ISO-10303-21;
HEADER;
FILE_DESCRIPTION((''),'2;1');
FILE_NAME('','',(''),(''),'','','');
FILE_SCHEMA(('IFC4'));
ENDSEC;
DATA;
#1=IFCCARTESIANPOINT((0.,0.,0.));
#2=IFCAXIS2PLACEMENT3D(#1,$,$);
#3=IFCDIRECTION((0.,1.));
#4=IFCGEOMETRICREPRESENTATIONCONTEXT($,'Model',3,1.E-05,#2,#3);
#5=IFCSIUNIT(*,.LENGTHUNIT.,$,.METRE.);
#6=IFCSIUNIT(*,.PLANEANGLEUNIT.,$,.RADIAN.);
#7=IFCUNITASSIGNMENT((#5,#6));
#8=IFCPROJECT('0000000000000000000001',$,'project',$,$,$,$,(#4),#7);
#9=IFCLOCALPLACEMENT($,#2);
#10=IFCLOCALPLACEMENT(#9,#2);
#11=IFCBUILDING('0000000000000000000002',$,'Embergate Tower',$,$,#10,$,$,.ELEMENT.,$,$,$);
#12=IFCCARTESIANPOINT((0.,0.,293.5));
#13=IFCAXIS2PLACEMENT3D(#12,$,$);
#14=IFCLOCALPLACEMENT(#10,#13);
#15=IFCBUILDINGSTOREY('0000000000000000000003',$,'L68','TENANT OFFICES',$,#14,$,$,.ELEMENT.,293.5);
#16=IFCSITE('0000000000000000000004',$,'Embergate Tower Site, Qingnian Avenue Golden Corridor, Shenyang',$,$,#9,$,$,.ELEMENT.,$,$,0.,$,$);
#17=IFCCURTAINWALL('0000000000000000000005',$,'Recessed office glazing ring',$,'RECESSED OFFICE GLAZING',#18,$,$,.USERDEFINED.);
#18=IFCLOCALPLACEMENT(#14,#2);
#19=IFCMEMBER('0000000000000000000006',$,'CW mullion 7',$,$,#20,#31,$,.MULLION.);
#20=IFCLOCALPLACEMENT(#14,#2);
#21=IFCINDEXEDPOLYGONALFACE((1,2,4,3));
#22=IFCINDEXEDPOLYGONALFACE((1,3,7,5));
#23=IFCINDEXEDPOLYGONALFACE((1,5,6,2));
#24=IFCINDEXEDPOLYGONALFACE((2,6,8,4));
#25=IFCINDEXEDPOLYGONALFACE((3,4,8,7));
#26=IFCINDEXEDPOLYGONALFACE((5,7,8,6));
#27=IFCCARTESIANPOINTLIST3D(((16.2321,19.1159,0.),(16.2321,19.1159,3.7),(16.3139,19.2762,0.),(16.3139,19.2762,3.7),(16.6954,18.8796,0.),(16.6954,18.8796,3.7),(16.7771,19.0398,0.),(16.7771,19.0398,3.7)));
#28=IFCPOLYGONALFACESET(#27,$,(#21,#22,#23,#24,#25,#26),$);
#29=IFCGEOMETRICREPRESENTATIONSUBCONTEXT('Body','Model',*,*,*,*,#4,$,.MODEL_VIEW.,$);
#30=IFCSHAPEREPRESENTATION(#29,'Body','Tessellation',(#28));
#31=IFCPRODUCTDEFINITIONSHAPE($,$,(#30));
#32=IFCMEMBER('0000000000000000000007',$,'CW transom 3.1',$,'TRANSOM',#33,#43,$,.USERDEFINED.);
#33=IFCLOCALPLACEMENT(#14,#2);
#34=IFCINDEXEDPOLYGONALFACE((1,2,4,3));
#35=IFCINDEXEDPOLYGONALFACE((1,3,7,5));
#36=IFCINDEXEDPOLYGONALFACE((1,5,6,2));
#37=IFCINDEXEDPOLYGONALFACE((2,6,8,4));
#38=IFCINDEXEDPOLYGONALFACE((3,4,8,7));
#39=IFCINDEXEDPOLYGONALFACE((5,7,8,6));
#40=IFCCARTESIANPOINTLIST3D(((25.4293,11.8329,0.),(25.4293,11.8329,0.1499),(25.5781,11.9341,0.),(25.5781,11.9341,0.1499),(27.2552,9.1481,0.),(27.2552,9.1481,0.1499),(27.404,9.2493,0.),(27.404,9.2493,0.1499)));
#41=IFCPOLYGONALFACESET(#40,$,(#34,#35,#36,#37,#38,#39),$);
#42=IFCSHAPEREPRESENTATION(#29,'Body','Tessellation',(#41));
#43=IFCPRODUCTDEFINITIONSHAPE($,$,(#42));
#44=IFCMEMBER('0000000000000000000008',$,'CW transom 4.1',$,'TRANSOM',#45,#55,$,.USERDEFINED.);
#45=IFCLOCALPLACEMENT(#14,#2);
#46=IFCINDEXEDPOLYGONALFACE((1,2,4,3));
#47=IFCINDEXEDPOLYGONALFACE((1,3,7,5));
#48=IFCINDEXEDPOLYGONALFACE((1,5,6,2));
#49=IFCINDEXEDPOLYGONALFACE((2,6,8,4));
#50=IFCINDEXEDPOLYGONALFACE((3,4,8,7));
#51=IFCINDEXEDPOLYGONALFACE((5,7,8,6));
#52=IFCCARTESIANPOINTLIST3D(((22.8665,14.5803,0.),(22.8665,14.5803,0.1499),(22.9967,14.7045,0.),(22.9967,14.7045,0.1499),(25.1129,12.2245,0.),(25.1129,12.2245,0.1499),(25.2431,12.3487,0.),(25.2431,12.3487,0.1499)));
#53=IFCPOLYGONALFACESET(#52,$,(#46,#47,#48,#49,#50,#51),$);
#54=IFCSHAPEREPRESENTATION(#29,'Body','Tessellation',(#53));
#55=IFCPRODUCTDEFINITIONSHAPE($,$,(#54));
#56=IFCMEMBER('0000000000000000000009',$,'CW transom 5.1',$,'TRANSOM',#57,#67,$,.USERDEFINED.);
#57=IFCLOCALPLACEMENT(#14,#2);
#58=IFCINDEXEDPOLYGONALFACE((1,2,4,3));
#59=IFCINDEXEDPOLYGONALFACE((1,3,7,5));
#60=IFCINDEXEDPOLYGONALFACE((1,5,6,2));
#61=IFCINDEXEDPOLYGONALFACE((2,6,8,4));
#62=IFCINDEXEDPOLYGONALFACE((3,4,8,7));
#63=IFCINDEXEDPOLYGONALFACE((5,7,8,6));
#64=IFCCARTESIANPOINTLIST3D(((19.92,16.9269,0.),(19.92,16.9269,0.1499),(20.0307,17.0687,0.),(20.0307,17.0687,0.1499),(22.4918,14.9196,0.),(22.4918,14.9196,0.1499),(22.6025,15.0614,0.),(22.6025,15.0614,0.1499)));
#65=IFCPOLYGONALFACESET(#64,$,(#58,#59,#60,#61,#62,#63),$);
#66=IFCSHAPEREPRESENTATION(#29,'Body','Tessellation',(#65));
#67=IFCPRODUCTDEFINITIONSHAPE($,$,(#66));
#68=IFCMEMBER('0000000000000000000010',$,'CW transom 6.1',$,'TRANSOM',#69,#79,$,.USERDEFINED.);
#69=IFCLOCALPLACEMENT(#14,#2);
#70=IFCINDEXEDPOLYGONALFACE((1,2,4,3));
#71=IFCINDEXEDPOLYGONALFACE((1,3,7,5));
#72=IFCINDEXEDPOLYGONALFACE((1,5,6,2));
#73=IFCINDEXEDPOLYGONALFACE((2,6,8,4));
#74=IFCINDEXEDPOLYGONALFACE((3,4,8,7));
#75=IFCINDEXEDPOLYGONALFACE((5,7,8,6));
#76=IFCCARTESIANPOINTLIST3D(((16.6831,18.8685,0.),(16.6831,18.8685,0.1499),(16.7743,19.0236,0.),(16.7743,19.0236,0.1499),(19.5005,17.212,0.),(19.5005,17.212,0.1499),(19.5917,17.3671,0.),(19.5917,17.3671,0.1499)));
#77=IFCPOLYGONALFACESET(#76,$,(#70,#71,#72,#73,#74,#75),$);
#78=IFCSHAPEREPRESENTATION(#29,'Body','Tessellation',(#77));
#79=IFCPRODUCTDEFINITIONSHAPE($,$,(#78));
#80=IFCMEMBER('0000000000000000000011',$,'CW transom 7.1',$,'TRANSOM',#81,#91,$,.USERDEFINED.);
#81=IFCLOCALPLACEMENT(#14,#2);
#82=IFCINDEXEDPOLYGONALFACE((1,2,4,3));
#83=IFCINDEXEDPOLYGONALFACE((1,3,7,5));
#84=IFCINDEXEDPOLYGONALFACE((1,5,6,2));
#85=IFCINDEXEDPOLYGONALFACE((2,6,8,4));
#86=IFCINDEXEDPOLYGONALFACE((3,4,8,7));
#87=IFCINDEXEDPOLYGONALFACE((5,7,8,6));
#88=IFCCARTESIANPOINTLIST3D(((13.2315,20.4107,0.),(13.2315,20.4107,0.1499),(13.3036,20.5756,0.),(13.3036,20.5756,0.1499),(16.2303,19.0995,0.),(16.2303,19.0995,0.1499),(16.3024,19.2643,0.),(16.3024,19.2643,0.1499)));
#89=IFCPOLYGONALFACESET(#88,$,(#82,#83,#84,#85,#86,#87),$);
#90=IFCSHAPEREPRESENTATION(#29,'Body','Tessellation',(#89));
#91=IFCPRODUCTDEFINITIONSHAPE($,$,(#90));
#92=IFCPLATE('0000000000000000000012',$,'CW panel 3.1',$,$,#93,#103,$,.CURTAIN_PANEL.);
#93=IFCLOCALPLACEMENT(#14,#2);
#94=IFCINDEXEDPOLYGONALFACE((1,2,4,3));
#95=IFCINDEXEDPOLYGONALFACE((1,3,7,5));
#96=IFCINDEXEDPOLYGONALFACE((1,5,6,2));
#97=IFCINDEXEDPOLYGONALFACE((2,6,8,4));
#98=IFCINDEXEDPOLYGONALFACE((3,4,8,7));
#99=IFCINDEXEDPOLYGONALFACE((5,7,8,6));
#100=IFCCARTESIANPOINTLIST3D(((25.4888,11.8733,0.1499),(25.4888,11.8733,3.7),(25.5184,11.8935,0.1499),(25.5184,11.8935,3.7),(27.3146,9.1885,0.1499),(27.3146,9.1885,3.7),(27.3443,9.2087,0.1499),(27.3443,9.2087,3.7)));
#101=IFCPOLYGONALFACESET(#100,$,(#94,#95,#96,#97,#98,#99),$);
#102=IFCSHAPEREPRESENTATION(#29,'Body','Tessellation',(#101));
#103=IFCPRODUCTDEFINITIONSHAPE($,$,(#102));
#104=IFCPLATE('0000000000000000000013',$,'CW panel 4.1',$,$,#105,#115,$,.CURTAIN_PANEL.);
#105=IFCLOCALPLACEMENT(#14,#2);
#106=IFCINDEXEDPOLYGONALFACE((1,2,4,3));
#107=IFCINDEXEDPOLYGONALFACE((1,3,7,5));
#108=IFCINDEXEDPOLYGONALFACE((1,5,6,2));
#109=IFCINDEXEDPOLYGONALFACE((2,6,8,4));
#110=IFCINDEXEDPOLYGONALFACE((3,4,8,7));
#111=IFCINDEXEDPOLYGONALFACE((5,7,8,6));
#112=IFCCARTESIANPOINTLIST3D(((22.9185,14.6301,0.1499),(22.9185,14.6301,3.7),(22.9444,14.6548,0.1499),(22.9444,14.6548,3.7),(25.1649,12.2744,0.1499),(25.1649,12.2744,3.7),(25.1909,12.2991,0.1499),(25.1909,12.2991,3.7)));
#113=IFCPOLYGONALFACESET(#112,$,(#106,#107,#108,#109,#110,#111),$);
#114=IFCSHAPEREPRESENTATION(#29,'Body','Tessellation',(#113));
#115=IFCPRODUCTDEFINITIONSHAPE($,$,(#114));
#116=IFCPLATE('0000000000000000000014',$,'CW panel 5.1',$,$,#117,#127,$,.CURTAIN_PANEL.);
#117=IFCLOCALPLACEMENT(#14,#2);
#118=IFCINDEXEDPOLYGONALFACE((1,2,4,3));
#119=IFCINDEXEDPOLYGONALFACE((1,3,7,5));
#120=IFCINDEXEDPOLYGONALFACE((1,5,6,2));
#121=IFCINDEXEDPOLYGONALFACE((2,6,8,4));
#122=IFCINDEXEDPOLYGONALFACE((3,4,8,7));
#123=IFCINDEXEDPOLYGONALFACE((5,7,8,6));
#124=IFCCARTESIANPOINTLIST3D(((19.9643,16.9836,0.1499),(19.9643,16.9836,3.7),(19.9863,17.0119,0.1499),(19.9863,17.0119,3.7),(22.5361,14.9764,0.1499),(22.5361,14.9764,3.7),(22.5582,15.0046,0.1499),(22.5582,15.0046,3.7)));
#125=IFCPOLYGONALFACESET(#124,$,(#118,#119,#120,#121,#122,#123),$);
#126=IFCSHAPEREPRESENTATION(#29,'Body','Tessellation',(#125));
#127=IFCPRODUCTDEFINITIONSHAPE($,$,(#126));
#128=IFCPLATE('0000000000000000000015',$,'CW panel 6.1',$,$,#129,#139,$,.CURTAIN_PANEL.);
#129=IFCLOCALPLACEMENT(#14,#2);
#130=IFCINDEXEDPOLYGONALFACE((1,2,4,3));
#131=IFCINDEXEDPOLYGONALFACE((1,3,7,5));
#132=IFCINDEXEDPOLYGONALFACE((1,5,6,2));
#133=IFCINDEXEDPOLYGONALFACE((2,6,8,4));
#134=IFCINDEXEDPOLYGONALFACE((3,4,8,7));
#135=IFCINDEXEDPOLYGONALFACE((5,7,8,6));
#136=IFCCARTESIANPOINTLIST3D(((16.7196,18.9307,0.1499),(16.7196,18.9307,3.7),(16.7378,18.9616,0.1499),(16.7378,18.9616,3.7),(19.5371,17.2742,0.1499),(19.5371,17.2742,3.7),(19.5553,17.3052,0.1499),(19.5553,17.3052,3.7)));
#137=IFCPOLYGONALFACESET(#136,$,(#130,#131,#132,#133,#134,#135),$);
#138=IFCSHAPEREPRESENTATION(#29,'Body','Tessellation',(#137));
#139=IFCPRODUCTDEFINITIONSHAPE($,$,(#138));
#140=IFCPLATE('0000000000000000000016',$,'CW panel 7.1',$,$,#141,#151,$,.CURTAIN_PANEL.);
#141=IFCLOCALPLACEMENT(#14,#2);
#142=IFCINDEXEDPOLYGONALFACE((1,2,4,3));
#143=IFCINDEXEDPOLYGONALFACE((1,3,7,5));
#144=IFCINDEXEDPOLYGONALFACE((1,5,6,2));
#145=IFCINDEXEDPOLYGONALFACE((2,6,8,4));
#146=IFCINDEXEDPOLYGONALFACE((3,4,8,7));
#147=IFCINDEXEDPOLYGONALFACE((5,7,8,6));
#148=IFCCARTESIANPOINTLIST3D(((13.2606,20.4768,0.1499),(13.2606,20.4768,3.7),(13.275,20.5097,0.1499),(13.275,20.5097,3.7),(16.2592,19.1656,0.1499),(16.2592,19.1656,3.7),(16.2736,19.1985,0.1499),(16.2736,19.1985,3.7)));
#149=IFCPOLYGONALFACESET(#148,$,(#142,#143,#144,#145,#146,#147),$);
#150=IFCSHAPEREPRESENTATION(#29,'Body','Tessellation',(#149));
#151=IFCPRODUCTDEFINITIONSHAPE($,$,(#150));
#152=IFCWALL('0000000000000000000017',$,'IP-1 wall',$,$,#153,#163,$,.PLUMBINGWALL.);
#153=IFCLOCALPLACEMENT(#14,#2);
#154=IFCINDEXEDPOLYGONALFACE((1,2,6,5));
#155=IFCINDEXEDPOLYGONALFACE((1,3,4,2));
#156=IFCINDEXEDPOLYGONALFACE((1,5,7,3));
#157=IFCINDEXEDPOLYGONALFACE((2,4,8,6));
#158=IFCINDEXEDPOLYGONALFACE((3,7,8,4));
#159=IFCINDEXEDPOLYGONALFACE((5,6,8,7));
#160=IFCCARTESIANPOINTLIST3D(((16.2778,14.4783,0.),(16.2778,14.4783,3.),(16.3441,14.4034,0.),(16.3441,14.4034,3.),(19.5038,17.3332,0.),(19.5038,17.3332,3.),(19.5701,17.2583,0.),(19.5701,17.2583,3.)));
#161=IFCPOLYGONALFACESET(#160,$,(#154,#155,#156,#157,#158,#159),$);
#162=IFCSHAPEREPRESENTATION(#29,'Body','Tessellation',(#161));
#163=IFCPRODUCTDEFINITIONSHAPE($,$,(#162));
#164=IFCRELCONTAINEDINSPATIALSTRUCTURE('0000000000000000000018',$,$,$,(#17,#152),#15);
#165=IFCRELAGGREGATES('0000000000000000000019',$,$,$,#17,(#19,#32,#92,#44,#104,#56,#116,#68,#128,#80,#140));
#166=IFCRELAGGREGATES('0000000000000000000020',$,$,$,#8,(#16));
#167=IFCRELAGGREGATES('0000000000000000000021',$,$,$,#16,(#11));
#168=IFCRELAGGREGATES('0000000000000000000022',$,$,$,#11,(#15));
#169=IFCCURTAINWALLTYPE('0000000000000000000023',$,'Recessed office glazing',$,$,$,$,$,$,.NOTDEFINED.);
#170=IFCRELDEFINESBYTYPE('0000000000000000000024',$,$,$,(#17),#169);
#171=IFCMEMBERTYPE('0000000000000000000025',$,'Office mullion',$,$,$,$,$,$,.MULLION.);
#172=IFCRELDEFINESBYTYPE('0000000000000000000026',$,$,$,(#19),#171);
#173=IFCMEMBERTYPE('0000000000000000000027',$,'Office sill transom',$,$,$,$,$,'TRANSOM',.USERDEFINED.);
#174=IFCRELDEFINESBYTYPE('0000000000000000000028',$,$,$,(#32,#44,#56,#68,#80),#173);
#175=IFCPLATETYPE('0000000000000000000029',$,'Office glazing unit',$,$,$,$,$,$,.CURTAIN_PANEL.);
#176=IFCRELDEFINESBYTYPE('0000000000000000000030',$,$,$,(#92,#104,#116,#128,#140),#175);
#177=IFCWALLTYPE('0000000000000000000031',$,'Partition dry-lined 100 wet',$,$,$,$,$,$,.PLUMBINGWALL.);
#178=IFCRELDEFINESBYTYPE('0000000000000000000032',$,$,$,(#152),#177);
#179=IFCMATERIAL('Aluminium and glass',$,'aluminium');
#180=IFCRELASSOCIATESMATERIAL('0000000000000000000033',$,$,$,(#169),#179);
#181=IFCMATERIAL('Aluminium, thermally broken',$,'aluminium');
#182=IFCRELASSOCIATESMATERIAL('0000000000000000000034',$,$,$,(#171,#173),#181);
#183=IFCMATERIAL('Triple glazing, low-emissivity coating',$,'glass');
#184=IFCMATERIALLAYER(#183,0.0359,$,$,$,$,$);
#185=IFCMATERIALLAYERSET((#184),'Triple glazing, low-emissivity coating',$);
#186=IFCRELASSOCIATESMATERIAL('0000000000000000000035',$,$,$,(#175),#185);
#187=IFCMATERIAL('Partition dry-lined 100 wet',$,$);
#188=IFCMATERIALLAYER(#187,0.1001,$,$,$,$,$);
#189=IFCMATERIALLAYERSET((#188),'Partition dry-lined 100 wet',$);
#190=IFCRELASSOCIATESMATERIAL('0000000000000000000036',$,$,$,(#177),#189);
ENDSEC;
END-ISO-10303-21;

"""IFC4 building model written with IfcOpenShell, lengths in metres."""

from ifc_helpers import new_model, si_unit, direction, frame, frame_2d, origin, origin_2d, place, context, subcontext, project, spatial, rectangle, extrude, source, transform, mapped, material, layer, layer_set, material_profile, profile_set, type_object, element, aggregate, save


model = new_model("IFC4")

# Units and contexts
model_context = context("Model", 3, precision=1e-05, world=origin(), true_north=direction((0.0, 1.0)))
body_context = subcontext(model_context, "Body", "Model", "MODEL_VIEW")
ifc_project = project(units=[si_unit("LENGTHUNIT", "METRE"), si_unit("PLANEANGLEUNIT", "RADIAN")], contexts=[model_context])

# Site, building, storey
site_placement = place(None, origin())
site = spatial("IfcSite", under=ifc_project, at=site_placement, Name="Embergate Tower Site, Qingnian Avenue Golden Corridor, Shenyang", CompositionType="ELEMENT", RefElevation=0.0)
building_placement = place(site_placement, origin())
building = spatial("IfcBuilding", under=site, at=building_placement, Name="Embergate Tower", CompositionType="ELEMENT")
storey_placement = place(building_placement, frame((0.0, 0.0, 293.5)))
storey = spatial("IfcBuildingStorey", under=building, at=storey_placement, Name="L68", Description="TENANT OFFICES", CompositionType="ELEMENT", Elevation=293.5)

# Curtain wall, members, plates
ifc_material_1 = material(Name="Aluminium and glass", Category="aluminium")
curtain_wall_type = type_object("IfcCurtainWallType", Name="Recessed office glazing", PredefinedType="NOTDEFINED", material=ifc_material_1)
curtain_wall_placement = place(storey_placement, origin())
curtain_wall = element("IfcCurtainWall", 1, at=curtain_wall_placement, inside=storey, type_object=curtain_wall_type, Name="Recessed office glazing ring", ObjectType="RECESSED OFFICE GLAZING", PredefinedType="USERDEFINED")
ifc_material_2 = material(Name="Aluminium, thermally broken", Category="aluminium")
ifc_material_profile_1 = material_profile(ifc_material_2, rectangle(XDim=0.1799, YDim=0.52, at=origin_2d()), Name="AL 520x180")
ifc_profile_set_1 = profile_set([ifc_material_profile_1], Name="Aluminium, thermally broken")
member_type_1 = type_object("IfcMemberType", Name="Office mullion", PredefinedType="MULLION", material=ifc_profile_set_1)
shared_shape_1 = source(origin(), body_context, "Body", "SweptSolid", [
    extrude(rectangle(XDim=0.1799, YDim=0.52, at=origin_2d()), origin(), (0.0, 0.0, 1.0), 3.7),
])
member_1_placement = place(storey_placement, frame((16.5046, 19.0779, 0.0), z_axis=(0.0, 0.0, 1.0), x_axis=(-0.454508, -0.890743, 0.0)))
member_1 = element("IfcMember", 2, at=member_1_placement, type_object=member_type_1, Name="CW mullion 7", PredefinedType="MULLION", context=body_context, shape_type="MappedRepresentation", body=[
    mapped(shared_shape_1, transform((0.0, 0.0, 0.0))),
])
ifc_material_profile_2 = material_profile(ifc_material_2, rectangle(XDim=0.1799, YDim=0.1499, at=origin_2d()), Name="AL 150x180")
ifc_profile_set_2 = profile_set([ifc_material_profile_2], Name="Aluminium, thermally broken")
member_type_2 = type_object("IfcMemberType", Name="Office sill transom", ElementType="TRANSOM", PredefinedType="USERDEFINED", material=ifc_profile_set_2)
shared_shape_2 = source(origin(), body_context, "Body", "SweptSolid", [
    extrude(rectangle(XDim=0.1799, YDim=0.1499, at=origin_2d()), origin(), (0.0, 0.0, 1.0), 3.2468),
])
member_2_placement = place(storey_placement, frame((27.3296, 9.1987, 0.075), z_axis=(-0.562363, 0.82689, 0.0), x_axis=(-0.82689, -0.562363, 0.0)))
member_2 = element("IfcMember", 3, at=member_2_placement, type_object=member_type_2, Name="CW transom 3.1", ObjectType="TRANSOM", PredefinedType="USERDEFINED", context=body_context, shape_type="MappedRepresentation", body=[
    mapped(shared_shape_2, transform((0.0, 0.0, 0.0))),
])
shared_shape_3 = source(origin(), body_context, "Body", "SweptSolid", [
    extrude(rectangle(XDim=0.1799, YDim=0.1499, at=origin_2d()), origin(), (0.0, 0.0, 1.0), 3.2551),
])
member_3_placement = place(storey_placement, frame((25.178, 12.2866, 0.075), z_axis=(-0.690106, 0.723708, 0.0), x_axis=(-0.723708, -0.690106, 0.0)))
member_3 = element("IfcMember", 4, at=member_3_placement, type_object=member_type_2, Name="CW transom 4.1", ObjectType="TRANSOM", PredefinedType="USERDEFINED", context=body_context, shape_type="MappedRepresentation", body=[
    mapped(shared_shape_3, transform((0.0, 0.0, 0.0))),
])
shared_shape_4 = source(origin(), body_context, "Body", "SweptSolid", [
    extrude(rectangle(XDim=0.1799, YDim=0.1499, at=origin_2d()), origin(), (0.0, 0.0, 1.0), 3.2625),
])
member_4_placement = place(storey_placement, frame((22.5471, 14.9905, 0.075), z_axis=(-0.788303, 0.615287, 0.0), x_axis=(-0.615287, -0.788303, 0.0)))
member_4 = element("IfcMember", 5, at=member_4_placement, type_object=member_type_2, Name="CW transom 5.1", ObjectType="TRANSOM", PredefinedType="USERDEFINED", context=body_context, shape_type="MappedRepresentation", body=[
    mapped(shared_shape_4, transform((0.0, 0.0, 0.0))),
])
shared_shape_5 = source(origin(), body_context, "Body", "SweptSolid", [
    extrude(rectangle(XDim=0.1799, YDim=0.1499, at=origin_2d()), origin(), (0.0, 0.0, 1.0), 3.2683),
])
member_5_placement = place(storey_placement, frame((19.5461, 17.2896, 0.075), z_axis=(-0.86204, 0.506841, 0.0), x_axis=(-0.506841, -0.86204, 0.0)))
member_5 = element("IfcMember", 6, at=member_5_placement, type_object=member_type_2, Name="CW transom 6.1", ObjectType="TRANSOM", PredefinedType="USERDEFINED", context=body_context, shape_type="MappedRepresentation", body=[
    mapped(shared_shape_5, transform((0.0, 0.0, 0.0))),
])
shared_shape_6 = source(origin(), body_context, "Body", "SweptSolid", [
    extrude(rectangle(XDim=0.1799, YDim=0.1499, at=origin_2d()), origin(), (0.0, 0.0, 1.0), 3.2729),
])
member_6_placement = place(storey_placement, frame((16.2664, 19.1819, 0.075), z_axis=(-0.916234, 0.400643, 0.0), x_axis=(-0.400643, -0.916234, 0.0)))
member_6 = element("IfcMember", 7, at=member_6_placement, type_object=member_type_2, Name="CW transom 7.1", ObjectType="TRANSOM", PredefinedType="USERDEFINED", context=body_context, shape_type="MappedRepresentation", body=[
    mapped(shared_shape_6, transform((0.0, 0.0, 0.0))),
])
ifc_material_3 = material(Name="Triple glazing, low-emissivity coating", Category="glass")
ifc_layer_1 = layer(ifc_material_3, 0.0359)
ifc_layer_set_1 = layer_set([ifc_layer_1], Name="Triple glazing, low-emissivity coating")
plate_type = type_object("IfcPlateType", Name="Office glazing unit", PredefinedType="CURTAIN_PANEL", material=ifc_layer_set_1)
shared_shape_7 = source(origin(), body_context, "Body", "SweptSolid", [
    extrude(rectangle(XDim=3.2468, YDim=0.0359, at=origin_2d()), origin(), (0.0, 0.0, 1.0), 3.55),
])
plate_1_placement = place(storey_placement, frame((26.4165, 10.541, 0.1499), z_axis=(0.0, 0.0, 1.0), x_axis=(-0.562342, 0.826905, 0.0)))
plate_1 = element("IfcPlate", 8, at=plate_1_placement, type_object=plate_type, Name="CW panel 3.1", PredefinedType="CURTAIN_PANEL", context=body_context, shape_type="MappedRepresentation", body=[
    mapped(shared_shape_7, transform((0.0, 0.0, 0.0))),
])
shared_shape_8 = source(origin(), body_context, "Body", "SweptSolid", [
    extrude(rectangle(XDim=3.2551, YDim=0.0359, at=origin_2d()), origin(), (0.0, 0.0, 1.0), 3.55),
])
plate_2_placement = place(storey_placement, frame((24.0547, 13.4646, 0.1499), z_axis=(0.0, 0.0, 1.0), x_axis=(-0.690134, 0.723682, 0.0)))
plate_2 = element("IfcPlate", 9, at=plate_2_placement, type_object=plate_type, Name="CW panel 4.1", PredefinedType="CURTAIN_PANEL", context=body_context, shape_type="MappedRepresentation", body=[
    mapped(shared_shape_8, transform((0.0, 0.0, 0.0))),
])
shared_shape_9 = source(origin(), body_context, "Body", "SweptSolid", [
    extrude(rectangle(XDim=3.2625, YDim=0.0359, at=origin_2d()), origin(), (0.0, 0.0, 1.0), 3.55),
])
plate_3_placement = place(storey_placement, frame((21.2612, 15.9941, 0.1499), z_axis=(0.0, 0.0, 1.0), x_axis=(-0.788318, 0.615268, 0.0)))
plate_3 = element("IfcPlate", 10, at=plate_3_placement, type_object=plate_type, Name="CW panel 5.1", PredefinedType="CURTAIN_PANEL", context=body_context, shape_type="MappedRepresentation", body=[
    mapped(shared_shape_9, transform((0.0, 0.0, 0.0))),
])
shared_shape_10 = source(origin(), body_context, "Body", "SweptSolid", [
    extrude(rectangle(XDim=3.2683, YDim=0.0359, at=origin_2d()), origin(), (0.0, 0.0, 1.0), 3.55),
])
plate_4_placement = place(storey_placement, frame((18.1375, 18.1179, 0.1499), z_axis=(0.0, 0.0, 1.0), x_axis=(-0.862051, 0.506821, 0.0)))
plate_4 = element("IfcPlate", 11, at=plate_4_placement, type_object=plate_type, Name="CW panel 6.1", PredefinedType="CURTAIN_PANEL", context=body_context, shape_type="MappedRepresentation", body=[
    mapped(shared_shape_10, transform((0.0, 0.0, 0.0))),
])
shared_shape_11 = source(origin(), body_context, "Body", "SweptSolid", [
    extrude(rectangle(XDim=3.2727, YDim=0.0359, at=origin_2d()), origin(), (0.0, 0.0, 1.0), 3.55),
])
plate_5_placement = place(storey_placement, frame((14.7671, 19.8376, 0.1499), z_axis=(0.0, 0.0, 1.0), x_axis=(-0.916235, 0.400642, 0.0)))
plate_5 = element("IfcPlate", 12, at=plate_5_placement, type_object=plate_type, Name="CW panel 7.1", PredefinedType="CURTAIN_PANEL", context=body_context, shape_type="MappedRepresentation", body=[
    mapped(shared_shape_11, transform((0.0, 0.0, 0.0))),
])
aggregate(curtain_wall, [member_1, member_2, plate_1, member_3, plate_2, member_4, plate_3, member_5, plate_4, member_6, plate_5])

# Wall
ifc_material_4 = material(Name="Partition dry-lined 100 wet")
ifc_layer_2 = layer(ifc_material_4, 0.1001)
ifc_layer_set_2 = layer_set([ifc_layer_2], Name="Partition dry-lined 100 wet")
wall_type = type_object("IfcWallType", Name="Partition dry-lined 100 wet", PredefinedType="PLUMBINGWALL", material=ifc_layer_set_2)
shared_shape_12 = source(origin(), body_context, "Body", "SweptSolid", [
    extrude(rectangle(XDim=4.3079, YDim=0.1001, at=frame_2d((2.1538, 0.0))), origin(), (0.0, 0.0, 1.0), 3.0),
])
wall_placement = place(storey_placement, frame((16.311, 14.4409, 0.0), z_axis=(0.0, 0.0, 1.0), x_axis=(0.748865, 0.662723, 0.0)))
element("IfcWall", 13, at=wall_placement, inside=storey, type_object=wall_type, Name="IP-1 wall", PredefinedType="PLUMBINGWALL", context=body_context, shape_type="MappedRepresentation", body=[
    mapped(shared_shape_12, transform((0.0, 0.0, 0.0))),
])

save(model, "model.ifc")
